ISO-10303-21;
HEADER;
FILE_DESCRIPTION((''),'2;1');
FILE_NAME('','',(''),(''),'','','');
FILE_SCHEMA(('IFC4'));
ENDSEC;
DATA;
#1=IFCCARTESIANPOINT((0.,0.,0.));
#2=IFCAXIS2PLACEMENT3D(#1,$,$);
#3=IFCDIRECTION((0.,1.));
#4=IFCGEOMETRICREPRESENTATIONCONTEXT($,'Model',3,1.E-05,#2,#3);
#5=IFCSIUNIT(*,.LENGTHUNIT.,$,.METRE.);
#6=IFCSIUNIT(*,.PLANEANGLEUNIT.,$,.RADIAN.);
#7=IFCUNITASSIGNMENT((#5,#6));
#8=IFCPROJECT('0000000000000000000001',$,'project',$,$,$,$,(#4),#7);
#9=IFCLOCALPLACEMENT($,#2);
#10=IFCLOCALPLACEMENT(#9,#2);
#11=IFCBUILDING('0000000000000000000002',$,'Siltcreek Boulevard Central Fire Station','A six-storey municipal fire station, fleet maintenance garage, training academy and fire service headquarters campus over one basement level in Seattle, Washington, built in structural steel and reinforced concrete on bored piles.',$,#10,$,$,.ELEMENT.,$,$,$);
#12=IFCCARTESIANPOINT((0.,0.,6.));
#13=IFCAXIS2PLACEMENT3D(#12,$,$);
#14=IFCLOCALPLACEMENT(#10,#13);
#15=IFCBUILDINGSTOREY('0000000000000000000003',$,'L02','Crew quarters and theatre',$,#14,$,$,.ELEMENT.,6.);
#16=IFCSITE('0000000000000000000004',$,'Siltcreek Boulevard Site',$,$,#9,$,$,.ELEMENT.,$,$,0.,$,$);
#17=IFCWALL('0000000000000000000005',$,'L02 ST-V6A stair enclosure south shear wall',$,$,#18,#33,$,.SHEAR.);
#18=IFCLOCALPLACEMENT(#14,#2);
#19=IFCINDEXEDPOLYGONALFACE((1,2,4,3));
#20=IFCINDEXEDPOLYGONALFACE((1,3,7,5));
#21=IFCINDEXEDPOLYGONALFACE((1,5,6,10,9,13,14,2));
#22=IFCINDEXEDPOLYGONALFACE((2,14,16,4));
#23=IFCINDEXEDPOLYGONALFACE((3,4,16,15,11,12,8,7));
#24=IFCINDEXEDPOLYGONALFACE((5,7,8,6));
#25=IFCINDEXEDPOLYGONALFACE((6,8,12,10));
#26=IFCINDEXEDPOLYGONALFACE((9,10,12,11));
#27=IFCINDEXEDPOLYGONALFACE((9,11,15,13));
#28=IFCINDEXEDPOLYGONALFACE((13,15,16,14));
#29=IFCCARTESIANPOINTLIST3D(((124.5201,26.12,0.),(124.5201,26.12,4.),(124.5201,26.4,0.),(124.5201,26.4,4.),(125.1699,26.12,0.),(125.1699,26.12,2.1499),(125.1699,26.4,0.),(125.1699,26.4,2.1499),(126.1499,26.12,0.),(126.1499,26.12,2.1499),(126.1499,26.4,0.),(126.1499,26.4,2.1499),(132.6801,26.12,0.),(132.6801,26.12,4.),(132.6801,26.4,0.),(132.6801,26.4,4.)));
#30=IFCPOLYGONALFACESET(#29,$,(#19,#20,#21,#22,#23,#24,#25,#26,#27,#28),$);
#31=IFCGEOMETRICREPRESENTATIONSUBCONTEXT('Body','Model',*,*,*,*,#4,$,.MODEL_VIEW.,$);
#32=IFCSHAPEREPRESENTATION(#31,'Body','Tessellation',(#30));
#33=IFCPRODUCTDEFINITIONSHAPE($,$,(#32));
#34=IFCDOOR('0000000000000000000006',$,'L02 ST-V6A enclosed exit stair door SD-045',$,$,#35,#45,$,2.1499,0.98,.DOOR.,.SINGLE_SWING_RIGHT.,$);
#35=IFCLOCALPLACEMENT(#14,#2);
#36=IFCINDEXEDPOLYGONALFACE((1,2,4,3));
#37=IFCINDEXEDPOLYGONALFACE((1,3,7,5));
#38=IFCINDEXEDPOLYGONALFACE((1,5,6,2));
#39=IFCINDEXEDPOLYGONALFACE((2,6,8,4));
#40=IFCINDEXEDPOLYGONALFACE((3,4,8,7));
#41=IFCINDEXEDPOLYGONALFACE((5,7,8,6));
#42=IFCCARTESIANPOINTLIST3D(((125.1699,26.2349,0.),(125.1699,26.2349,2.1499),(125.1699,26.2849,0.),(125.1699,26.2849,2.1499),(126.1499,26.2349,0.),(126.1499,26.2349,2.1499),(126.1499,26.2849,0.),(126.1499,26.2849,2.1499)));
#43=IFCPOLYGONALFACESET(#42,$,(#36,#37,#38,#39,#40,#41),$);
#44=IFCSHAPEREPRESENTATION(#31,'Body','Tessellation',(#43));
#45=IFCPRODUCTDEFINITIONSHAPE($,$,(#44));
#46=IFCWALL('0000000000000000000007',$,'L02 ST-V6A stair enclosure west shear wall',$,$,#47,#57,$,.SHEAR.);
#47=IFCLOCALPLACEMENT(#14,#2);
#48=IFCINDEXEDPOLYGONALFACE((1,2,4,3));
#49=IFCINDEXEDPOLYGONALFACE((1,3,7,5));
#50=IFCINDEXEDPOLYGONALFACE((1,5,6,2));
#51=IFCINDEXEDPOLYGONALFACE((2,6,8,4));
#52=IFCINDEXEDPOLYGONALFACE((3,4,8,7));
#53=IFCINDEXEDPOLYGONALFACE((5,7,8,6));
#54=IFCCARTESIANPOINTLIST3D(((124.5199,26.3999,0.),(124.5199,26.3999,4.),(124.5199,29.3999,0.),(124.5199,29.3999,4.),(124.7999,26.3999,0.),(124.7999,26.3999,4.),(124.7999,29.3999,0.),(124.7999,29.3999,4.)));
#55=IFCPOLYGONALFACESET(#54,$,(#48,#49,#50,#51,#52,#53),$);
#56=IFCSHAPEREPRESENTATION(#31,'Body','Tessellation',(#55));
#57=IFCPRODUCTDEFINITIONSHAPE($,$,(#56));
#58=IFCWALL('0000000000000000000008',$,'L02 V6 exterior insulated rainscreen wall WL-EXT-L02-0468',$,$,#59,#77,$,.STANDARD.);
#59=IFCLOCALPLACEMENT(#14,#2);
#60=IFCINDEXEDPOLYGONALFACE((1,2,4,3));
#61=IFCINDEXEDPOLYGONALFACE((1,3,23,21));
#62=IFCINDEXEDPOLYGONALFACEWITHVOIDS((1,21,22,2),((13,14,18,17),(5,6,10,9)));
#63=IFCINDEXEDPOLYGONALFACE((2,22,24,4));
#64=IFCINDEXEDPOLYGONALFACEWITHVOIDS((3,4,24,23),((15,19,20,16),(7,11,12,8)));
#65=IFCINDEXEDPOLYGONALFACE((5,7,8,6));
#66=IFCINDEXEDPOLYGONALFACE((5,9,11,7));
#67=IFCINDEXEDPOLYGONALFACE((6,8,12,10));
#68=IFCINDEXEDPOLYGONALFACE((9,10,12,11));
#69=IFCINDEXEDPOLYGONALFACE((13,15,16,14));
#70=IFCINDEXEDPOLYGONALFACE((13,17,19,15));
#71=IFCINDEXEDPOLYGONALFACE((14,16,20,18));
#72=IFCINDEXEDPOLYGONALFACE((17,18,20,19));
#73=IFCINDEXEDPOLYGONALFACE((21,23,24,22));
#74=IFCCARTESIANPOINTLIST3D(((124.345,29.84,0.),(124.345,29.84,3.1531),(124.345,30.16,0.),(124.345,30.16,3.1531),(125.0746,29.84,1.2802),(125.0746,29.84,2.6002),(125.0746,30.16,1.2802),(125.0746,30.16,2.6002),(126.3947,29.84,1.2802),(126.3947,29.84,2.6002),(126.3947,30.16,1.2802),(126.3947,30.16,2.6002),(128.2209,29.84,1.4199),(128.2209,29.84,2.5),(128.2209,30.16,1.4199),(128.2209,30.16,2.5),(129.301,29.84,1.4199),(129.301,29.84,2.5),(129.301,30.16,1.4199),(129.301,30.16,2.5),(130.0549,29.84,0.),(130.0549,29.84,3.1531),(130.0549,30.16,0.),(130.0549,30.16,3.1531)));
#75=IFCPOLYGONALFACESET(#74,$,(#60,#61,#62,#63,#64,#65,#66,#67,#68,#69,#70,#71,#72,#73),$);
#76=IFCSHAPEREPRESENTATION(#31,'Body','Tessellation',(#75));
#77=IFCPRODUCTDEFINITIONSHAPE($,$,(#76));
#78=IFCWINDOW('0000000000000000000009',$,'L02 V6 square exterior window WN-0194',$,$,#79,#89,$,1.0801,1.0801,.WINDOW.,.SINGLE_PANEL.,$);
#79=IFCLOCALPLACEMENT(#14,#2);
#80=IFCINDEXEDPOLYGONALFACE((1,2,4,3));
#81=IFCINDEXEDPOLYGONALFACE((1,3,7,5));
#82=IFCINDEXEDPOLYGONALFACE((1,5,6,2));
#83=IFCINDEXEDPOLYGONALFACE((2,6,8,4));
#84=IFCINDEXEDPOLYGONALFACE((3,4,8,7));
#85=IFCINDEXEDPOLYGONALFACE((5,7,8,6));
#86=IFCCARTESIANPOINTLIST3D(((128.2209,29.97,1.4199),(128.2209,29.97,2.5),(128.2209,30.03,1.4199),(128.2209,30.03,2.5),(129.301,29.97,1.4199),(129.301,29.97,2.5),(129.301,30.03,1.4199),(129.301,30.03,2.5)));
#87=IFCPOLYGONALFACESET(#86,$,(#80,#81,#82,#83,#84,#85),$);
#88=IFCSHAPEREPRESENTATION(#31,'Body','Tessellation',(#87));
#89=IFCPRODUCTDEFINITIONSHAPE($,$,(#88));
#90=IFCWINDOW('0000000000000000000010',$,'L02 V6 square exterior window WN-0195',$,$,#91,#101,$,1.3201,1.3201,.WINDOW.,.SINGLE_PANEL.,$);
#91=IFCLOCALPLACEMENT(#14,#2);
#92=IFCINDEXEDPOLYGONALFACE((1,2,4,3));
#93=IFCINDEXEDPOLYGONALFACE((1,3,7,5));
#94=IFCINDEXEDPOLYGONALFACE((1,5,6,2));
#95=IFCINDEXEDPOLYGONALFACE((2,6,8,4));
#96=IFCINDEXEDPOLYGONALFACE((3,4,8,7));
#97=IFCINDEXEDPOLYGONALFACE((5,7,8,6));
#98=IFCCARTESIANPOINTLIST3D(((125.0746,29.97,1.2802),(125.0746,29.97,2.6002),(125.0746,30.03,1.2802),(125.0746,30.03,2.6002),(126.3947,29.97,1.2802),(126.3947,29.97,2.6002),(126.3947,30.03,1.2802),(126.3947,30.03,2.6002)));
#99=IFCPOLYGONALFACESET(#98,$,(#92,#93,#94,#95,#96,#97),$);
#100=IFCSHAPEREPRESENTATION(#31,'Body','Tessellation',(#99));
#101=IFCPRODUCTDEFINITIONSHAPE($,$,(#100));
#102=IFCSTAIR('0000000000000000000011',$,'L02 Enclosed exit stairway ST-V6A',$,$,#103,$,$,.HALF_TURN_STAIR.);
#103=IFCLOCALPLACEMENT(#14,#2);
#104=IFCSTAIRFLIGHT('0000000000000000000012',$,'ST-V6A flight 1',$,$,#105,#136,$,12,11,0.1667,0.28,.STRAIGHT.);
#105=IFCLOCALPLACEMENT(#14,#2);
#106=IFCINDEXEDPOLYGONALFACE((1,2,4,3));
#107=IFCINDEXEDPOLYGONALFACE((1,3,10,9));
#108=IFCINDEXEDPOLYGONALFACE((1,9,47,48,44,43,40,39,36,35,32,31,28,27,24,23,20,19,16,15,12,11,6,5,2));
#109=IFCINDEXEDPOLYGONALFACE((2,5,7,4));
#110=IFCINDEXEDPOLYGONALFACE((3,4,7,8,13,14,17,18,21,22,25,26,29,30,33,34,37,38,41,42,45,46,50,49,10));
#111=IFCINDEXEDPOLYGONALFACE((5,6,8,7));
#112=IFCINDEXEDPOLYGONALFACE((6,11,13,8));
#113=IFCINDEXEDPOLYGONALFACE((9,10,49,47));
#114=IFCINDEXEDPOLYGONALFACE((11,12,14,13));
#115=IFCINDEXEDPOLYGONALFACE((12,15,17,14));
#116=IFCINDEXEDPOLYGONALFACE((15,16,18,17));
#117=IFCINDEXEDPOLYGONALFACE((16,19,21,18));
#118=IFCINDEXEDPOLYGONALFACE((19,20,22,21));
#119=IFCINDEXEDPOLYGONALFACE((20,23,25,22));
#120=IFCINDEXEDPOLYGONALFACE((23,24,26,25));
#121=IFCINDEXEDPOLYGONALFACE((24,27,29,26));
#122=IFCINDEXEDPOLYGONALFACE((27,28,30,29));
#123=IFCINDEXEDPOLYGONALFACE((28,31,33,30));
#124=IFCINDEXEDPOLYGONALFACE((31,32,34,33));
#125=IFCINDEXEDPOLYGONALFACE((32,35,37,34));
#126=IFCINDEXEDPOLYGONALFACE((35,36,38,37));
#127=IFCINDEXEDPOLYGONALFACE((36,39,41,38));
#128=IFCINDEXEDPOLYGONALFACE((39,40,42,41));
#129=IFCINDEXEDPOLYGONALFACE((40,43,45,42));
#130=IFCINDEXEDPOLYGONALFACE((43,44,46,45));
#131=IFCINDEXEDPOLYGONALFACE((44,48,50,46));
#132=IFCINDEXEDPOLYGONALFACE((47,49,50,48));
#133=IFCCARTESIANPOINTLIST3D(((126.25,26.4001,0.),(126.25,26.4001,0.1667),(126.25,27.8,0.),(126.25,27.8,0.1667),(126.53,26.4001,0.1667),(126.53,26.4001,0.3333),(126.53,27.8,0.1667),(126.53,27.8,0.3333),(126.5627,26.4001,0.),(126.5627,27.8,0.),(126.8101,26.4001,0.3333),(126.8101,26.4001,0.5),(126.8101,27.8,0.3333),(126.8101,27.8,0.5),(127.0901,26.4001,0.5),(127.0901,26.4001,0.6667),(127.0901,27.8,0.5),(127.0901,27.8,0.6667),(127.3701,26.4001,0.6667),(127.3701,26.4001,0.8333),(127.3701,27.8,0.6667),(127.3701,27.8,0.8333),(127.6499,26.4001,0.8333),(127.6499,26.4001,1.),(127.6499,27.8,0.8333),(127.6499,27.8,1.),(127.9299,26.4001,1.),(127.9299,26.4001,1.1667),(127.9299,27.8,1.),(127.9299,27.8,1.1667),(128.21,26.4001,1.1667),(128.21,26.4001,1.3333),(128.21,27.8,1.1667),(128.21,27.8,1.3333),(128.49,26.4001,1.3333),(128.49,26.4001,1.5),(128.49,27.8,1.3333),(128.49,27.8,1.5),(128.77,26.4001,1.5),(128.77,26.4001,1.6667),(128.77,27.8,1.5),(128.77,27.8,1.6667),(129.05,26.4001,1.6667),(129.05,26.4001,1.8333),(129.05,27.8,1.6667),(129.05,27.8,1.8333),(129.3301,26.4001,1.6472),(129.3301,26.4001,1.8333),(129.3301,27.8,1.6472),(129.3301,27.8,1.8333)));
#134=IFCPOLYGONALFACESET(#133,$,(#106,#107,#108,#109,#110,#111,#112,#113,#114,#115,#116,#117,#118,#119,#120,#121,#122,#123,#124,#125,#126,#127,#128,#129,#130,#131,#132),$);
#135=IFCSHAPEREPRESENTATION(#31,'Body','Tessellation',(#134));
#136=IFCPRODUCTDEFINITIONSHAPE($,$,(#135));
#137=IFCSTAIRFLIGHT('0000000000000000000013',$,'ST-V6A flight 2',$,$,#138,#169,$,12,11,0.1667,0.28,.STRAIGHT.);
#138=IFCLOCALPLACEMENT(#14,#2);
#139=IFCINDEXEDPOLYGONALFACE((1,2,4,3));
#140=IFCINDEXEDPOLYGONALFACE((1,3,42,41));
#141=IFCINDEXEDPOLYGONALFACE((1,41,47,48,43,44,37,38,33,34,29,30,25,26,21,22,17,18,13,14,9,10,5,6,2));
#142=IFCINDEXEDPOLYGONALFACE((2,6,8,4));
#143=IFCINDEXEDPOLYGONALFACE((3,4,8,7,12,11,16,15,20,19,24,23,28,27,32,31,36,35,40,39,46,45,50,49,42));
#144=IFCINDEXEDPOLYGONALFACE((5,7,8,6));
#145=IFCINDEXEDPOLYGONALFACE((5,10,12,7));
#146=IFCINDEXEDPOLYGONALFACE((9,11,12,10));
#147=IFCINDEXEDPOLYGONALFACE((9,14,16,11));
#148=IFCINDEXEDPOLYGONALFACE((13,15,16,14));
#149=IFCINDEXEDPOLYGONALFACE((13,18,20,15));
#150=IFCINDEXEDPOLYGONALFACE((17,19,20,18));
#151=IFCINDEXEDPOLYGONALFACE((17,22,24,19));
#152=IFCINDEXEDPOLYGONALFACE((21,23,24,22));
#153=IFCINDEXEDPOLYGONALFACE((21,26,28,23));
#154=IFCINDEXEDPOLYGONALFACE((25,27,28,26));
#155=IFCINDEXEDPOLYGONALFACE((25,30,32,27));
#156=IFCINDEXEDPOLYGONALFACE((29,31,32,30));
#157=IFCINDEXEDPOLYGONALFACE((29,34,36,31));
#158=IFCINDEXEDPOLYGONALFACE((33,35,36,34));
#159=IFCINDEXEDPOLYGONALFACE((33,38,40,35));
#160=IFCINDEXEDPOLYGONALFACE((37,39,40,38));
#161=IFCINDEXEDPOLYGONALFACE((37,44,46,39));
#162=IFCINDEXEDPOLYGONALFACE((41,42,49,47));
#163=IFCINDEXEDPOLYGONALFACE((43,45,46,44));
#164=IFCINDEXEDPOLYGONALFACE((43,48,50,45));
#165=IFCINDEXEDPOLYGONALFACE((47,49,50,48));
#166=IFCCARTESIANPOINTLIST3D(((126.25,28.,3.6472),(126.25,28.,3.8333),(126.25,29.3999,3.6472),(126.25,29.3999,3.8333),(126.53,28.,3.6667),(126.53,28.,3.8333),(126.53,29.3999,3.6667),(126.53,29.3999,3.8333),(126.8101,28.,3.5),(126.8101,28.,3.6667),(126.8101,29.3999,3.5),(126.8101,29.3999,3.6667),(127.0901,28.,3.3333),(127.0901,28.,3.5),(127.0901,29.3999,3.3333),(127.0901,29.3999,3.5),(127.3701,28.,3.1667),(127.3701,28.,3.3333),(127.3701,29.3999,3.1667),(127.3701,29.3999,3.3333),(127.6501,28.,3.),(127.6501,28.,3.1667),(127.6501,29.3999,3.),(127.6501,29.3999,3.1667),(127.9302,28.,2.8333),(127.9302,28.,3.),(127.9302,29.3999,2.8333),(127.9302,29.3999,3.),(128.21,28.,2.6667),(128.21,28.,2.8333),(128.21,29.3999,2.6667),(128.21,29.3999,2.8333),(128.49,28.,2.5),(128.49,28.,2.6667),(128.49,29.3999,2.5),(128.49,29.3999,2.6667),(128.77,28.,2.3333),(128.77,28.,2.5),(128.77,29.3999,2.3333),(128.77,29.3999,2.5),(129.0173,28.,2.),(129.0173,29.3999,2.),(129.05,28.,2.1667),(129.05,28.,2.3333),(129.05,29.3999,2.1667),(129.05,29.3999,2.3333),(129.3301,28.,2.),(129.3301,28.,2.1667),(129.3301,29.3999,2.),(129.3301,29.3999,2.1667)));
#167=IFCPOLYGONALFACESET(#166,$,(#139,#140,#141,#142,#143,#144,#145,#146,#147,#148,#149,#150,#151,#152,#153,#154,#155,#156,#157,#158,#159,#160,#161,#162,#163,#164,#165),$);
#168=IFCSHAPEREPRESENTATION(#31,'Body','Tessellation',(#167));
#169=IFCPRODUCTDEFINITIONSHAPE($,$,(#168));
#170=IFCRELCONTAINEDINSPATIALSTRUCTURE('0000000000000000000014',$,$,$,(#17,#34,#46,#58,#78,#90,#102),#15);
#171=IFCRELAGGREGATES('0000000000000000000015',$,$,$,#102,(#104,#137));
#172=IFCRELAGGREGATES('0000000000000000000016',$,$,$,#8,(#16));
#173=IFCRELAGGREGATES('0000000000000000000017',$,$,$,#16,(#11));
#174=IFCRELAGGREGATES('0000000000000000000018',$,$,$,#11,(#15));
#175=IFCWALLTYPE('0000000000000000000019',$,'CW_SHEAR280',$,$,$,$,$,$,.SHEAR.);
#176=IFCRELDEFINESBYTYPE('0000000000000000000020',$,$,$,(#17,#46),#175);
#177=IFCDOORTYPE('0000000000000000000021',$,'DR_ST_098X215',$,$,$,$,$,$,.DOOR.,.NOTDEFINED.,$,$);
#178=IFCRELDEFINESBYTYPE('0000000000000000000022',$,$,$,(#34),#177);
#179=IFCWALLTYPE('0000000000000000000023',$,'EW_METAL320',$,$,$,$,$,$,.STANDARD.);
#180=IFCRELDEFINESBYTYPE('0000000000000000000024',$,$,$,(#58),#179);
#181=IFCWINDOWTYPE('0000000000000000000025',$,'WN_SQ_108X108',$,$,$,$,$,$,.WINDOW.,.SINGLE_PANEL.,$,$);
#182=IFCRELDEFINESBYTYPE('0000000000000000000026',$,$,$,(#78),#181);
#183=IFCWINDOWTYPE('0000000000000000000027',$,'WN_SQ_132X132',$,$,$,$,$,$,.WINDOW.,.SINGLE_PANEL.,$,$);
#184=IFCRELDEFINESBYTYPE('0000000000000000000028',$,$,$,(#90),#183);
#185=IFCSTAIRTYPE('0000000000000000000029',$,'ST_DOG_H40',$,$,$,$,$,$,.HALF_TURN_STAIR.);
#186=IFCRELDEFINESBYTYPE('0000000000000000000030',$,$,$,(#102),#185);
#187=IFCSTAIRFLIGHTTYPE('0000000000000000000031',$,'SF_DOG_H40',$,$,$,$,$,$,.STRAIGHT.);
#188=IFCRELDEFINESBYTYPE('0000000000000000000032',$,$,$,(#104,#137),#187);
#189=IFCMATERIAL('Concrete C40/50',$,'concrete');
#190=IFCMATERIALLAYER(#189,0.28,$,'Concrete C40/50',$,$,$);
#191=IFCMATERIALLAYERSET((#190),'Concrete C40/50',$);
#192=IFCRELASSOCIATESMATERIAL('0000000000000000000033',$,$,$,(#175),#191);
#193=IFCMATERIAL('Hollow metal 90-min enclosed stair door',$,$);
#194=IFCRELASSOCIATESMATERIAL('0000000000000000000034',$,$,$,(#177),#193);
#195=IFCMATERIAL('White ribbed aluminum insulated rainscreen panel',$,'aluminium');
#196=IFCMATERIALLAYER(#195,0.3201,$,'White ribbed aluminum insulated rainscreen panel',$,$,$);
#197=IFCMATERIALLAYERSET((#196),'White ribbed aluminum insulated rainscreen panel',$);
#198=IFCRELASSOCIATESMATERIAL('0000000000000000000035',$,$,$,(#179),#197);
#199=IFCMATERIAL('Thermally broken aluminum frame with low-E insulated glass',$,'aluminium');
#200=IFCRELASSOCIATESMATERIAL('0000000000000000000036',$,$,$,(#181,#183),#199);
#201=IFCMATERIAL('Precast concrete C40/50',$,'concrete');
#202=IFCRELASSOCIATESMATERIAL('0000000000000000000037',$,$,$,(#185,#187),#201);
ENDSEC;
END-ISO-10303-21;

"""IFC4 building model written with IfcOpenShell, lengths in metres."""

from ifc_helpers import new_model, si_unit, direction, frame, frame_2d, origin, place, context, subcontext, project, spatial, polyline, rectangle, outline, extrude, material, layer, layer_set, type_object, element, fill, aggregate, save


model = new_model("IFC4")

# Units and contexts
model_context = context("Model", 3, precision=1e-05, world=origin(), true_north=direction((0.0, 1.0)))
body_context = subcontext(model_context, "Body", "Model", "MODEL_VIEW")
ifc_project = project(units=[si_unit("LENGTHUNIT", "METRE"), si_unit("PLANEANGLEUNIT", "RADIAN")], contexts=[model_context])

# Site, building, storey
site_placement = place(None, origin())
site = spatial("IfcSite", under=ifc_project, at=site_placement, Name="Siltcreek Boulevard Site", CompositionType="ELEMENT", RefElevation=0.0)
building_placement = place(site_placement, origin())
building = spatial("IfcBuilding", under=site, at=building_placement, Name="Siltcreek Boulevard Central Fire Station", Description="A six-storey municipal fire station, fleet maintenance garage, training academy and fire service headquarters campus over one basement level in Seattle, Washington, built in structural steel and reinforced concrete on bored piles.", CompositionType="ELEMENT")
storey_placement = place(building_placement, frame((0.0, 0.0, 6.0)))
storey = spatial("IfcBuildingStorey", under=building, at=storey_placement, Name="L02", Description="Crew quarters and theatre", CompositionType="ELEMENT", Elevation=6.0)

# Wall, opening, door
ifc_material_1 = material(Name="Concrete C40/50", Category="concrete")
ifc_layer_1 = layer(ifc_material_1, 0.28, Name="Concrete C40/50")
ifc_layer_set_1 = layer_set([ifc_layer_1], Name="Concrete C40/50")
wall_type_1 = type_object("IfcWallType", Name="CW_SHEAR280", PredefinedType="SHEAR", material=ifc_layer_set_1)
wall_1_placement = place(storey_placement, frame((124.52, 26.26, 0.0), z_axis=(0.0, 0.0, 1.0), x_axis=(1.0, 0.0, 0.0)))
wall_1 = element("IfcWall", 1, at=wall_1_placement, inside=storey, type_object=wall_type_1, Name="L02 ST-V6A stair enclosure south shear wall", PredefinedType="SHEAR", context=body_context, shape_type="SweptSolid", body=[
    extrude(rectangle(XDim=8.1599, YDim=0.28, at=frame_2d((4.0801, 0.0))), origin(), (0.0, 0.0, 1.0), 4.0),
])
opening_1_placement = place(wall_1_placement, frame((0.6499, 0.0, 0.0)))
opening_1 = element("IfcOpeningElement", 2, at=opening_1_placement, cuts=wall_1, PredefinedType="OPENING", context=body_context, shape_type="SweptSolid", body=[
    extrude(rectangle(XDim=0.98, YDim=2.1499, at=frame_2d((0.49, 1.075))), frame((0.0, 0.1499, 0.0), z_axis=(0.0, -1.0, 0.0), x_axis=(1.0, 0.0, 0.0)), (0.0, 0.0, 1.0), 0.3),
])
ifc_material_2 = material(Name="Hollow metal 90-min enclosed stair door")
door_type = type_object("IfcDoorType", Name="DR_ST_098X215", OperationType="NOTDEFINED", PredefinedType="DOOR", material=ifc_material_2)
door_placement = place(opening_1_placement, origin())
door = element("IfcDoor", 3, at=door_placement, inside=storey, type_object=door_type, Name="L02 ST-V6A enclosed exit stair door SD-045", OperationType="SINGLE_SWING_RIGHT", OverallHeight=2.1499, OverallWidth=0.98, PredefinedType="DOOR", context=body_context, shape_type="SweptSolid", body=[
    extrude(rectangle(XDim=0.98, YDim=2.1499, at=frame_2d((0.49, 1.075))), frame((0.0, 0.0249, 0.0), z_axis=(0.0, -1.0, 0.0), x_axis=(1.0, 0.0, 0.0)), (0.0, 0.0, 1.0), 0.05),
])
fill(opening_1, door)

# Wall
wall_2_placement = place(storey_placement, frame((124.6599, 29.3999, 0.0), z_axis=(0.0, 0.0, 1.0), x_axis=(0.0, -1.0, 0.0)))
element("IfcWall", 4, at=wall_2_placement, inside=storey, type_object=wall_type_1, Name="L02 ST-V6A stair enclosure west shear wall", PredefinedType="SHEAR", context=body_context, shape_type="SweptSolid", body=[
    extrude(rectangle(XDim=3.0, YDim=0.28, at=frame_2d((1.5, 0.0))), origin(), (0.0, 0.0, 1.0), 4.0),
])

# Wall, openings, windows
ifc_material_3 = material(Name="White ribbed aluminum insulated rainscreen panel", Category="aluminium")
ifc_layer_2 = layer(ifc_material_3, 0.3201, Name="White ribbed aluminum insulated rainscreen panel")
ifc_layer_set_2 = layer_set([ifc_layer_2], Name="White ribbed aluminum insulated rainscreen panel")
wall_type_2 = type_object("IfcWallType", Name="EW_METAL320", PredefinedType="STANDARD", material=ifc_layer_set_2)
wall_3_placement = place(storey_placement, frame((130.0549, 30.0, 0.0), z_axis=(0.0, 0.0, 1.0), x_axis=(-1.0, 0.0, 0.0)))
wall_3 = element("IfcWall", 5, at=wall_3_placement, inside=storey, type_object=wall_type_2, Name="L02 V6 exterior insulated rainscreen wall WL-EXT-L02-0468", PredefinedType="STANDARD", context=body_context, shape_type="SweptSolid", body=[
    extrude(rectangle(XDim=5.71, YDim=0.3201, at=frame_2d((2.855, 0.0))), origin(), (0.0, 0.0, 1.0), 3.1531),
])
opening_2_placement = place(wall_3_placement, frame((0.7539, 0.0, 1.4199)))
opening_2 = element("IfcOpeningElement", 6, at=opening_2_placement, cuts=wall_3, PredefinedType="OPENING", context=body_context, shape_type="SweptSolid", body=[
    extrude(rectangle(XDim=1.0801, YDim=1.0801, at=frame_2d((0.54, 0.54))), frame((0.0, 0.1699, 0.0), z_axis=(0.0, -1.0, 0.0), x_axis=(1.0, 0.0, 0.0)), (0.0, 0.0, 1.0), 0.3401),
])
opening_3_placement = place(wall_3_placement, frame((3.6602, 0.0, 1.28)))
opening_3 = element("IfcOpeningElement", 7, at=opening_3_placement, cuts=wall_3, PredefinedType="OPENING", context=body_context, shape_type="SweptSolid", body=[
    extrude(rectangle(XDim=1.3201, YDim=1.3201, at=frame_2d((0.6602, 0.6602))), frame((0.0, 0.1699, 0.0), z_axis=(0.0, -1.0, 0.0), x_axis=(1.0, 0.0, 0.0)), (0.0, 0.0, 1.0), 0.3401),
])
ifc_material_4 = material(Name="Thermally broken aluminum frame with low-E insulated glass", Category="aluminium")
window_type_1 = type_object("IfcWindowType", Name="WN_SQ_108X108", PartitioningType="SINGLE_PANEL", PredefinedType="WINDOW", material=ifc_material_4)
window_1_placement = place(opening_2_placement, origin())
window_1 = element("IfcWindow", 8, at=window_1_placement, inside=storey, type_object=window_type_1, Name="L02 V6 square exterior window WN-0194", OverallHeight=1.0801, OverallWidth=1.0801, PartitioningType="SINGLE_PANEL", PredefinedType="WINDOW", context=body_context, shape_type="SweptSolid", body=[
    extrude(rectangle(XDim=1.0801, YDim=1.0801, at=frame_2d((0.54, 0.54))), frame((0.0, 0.03, 0.0), z_axis=(0.0, -1.0, 0.0), x_axis=(1.0, 0.0, 0.0)), (0.0, 0.0, 1.0), 0.0601),
])
fill(opening_2, window_1)
window_type_2 = type_object("IfcWindowType", Name="WN_SQ_132X132", PartitioningType="SINGLE_PANEL", PredefinedType="WINDOW", material=ifc_material_4)
window_2_placement = place(opening_3_placement, origin())
window_2 = element("IfcWindow", 9, at=window_2_placement, inside=storey, type_object=window_type_2, Name="L02 V6 square exterior window WN-0195", OverallHeight=1.3201, OverallWidth=1.3201, PartitioningType="SINGLE_PANEL", PredefinedType="WINDOW", context=body_context, shape_type="SweptSolid", body=[
    extrude(rectangle(XDim=1.3201, YDim=1.3201, at=frame_2d((0.6602, 0.6602))), frame((0.0, 0.03, 0.0), z_axis=(0.0, -1.0, 0.0), x_axis=(1.0, 0.0, 0.0)), (0.0, 0.0, 1.0), 0.0601),
])
fill(opening_3, window_2)

# Stair, stair flights
ifc_material_5 = material(Name="Precast concrete C40/50", Category="concrete")
stair_type = type_object("IfcStairType", Name="ST_DOG_H40", PredefinedType="HALF_TURN_STAIR", material=ifc_material_5)
stair_placement = place(storey_placement, origin())
stair = element("IfcStair", 10, at=stair_placement, inside=storey, type_object=stair_type, Name="L02 Enclosed exit stairway ST-V6A", PredefinedType="HALF_TURN_STAIR")
stair_flight_type = type_object("IfcStairFlightType", Name="SF_DOG_H40", PredefinedType="STRAIGHT", material=ifc_material_5)
stair_flight_1_placement = place(storey_placement, frame((126.25, 27.1001, 0.0), z_axis=(0.0, 0.0, 1.0), x_axis=(1.0, 0.0, 0.0)))
stair_flight_1 = element("IfcStairFlight", 11, at=stair_flight_1_placement, type_object=stair_flight_type, Name="ST-V6A flight 1", NumberOfRisers=12, NumberOfTreads=11, PredefinedType="STRAIGHT", RiserHeight=0.1667, TreadLength=0.28, context=body_context, shape_type="SweptSolid", body=[
    extrude(outline(polyline([(0.0, 0.0), (0.0, 0.1667), (0.28, 0.1667), (0.28, 0.3333), (0.5601, 0.3333), (0.5601, 0.5), (0.8401, 0.5), (0.8401, 0.6667), (1.1201, 0.6667), (1.1201, 0.8333), (1.3999, 0.8333), (1.3999, 1.0), (1.6799, 1.0), (1.6799, 1.1667), (1.96, 1.1667), (1.96, 1.3333), (2.24, 1.3333), (2.24, 1.5), (2.52, 1.5), (2.52, 1.6667), (2.8, 1.6667), (2.8, 1.8333), (3.0801, 1.8333), (3.0801, 2.0), (3.0801, 1.6472), (0.3127, 0.0), (0.0, 0.0)])), frame((0.0, 0.7, 0.0), z_axis=(0.0, -1.0, 0.0), x_axis=(1.0, 0.0, 0.0)), (0.0, 0.0, 1.0), 1.3999),
])
stair_flight_2_placement = place(storey_placement, frame((129.3301, 28.7, 2.0), z_axis=(0.0, 0.0, 1.0), x_axis=(-1.0, 0.0, 0.0)))
stair_flight_2 = element("IfcStairFlight", 12, at=stair_flight_2_placement, type_object=stair_flight_type, Name="ST-V6A flight 2", NumberOfRisers=12, NumberOfTreads=11, PredefinedType="STRAIGHT", RiserHeight=0.1667, TreadLength=0.28, context=body_context, shape_type="SweptSolid", body=[
    extrude(outline(polyline([(0.0, 0.0), (0.0, 0.1667), (0.28, 0.1667), (0.28, 0.3333), (0.5601, 0.3333), (0.5601, 0.5), (0.8401, 0.5), (0.8401, 0.6667), (1.1201, 0.6667), (1.1201, 0.8333), (1.3999, 0.8333), (1.3999, 1.0), (1.6799, 1.0), (1.6799, 1.1667), (1.96, 1.1667), (1.96, 1.3333), (2.24, 1.3333), (2.24, 1.5), (2.52, 1.5), (2.52, 1.6667), (2.8, 1.6667), (2.8, 1.8333), (3.0801, 1.8333), (3.0801, 2.0), (3.0801, 1.6472), (0.3127, 0.0), (0.0, 0.0)])), frame((0.0, 0.7, 0.0), z_axis=(0.0, -1.0, 0.0), x_axis=(1.0, 0.0, 0.0)), (0.0, 0.0, 1.0), 1.3999),
])
aggregate(stair, [stair_flight_1, stair_flight_2])

save(model, "model.ifc")
